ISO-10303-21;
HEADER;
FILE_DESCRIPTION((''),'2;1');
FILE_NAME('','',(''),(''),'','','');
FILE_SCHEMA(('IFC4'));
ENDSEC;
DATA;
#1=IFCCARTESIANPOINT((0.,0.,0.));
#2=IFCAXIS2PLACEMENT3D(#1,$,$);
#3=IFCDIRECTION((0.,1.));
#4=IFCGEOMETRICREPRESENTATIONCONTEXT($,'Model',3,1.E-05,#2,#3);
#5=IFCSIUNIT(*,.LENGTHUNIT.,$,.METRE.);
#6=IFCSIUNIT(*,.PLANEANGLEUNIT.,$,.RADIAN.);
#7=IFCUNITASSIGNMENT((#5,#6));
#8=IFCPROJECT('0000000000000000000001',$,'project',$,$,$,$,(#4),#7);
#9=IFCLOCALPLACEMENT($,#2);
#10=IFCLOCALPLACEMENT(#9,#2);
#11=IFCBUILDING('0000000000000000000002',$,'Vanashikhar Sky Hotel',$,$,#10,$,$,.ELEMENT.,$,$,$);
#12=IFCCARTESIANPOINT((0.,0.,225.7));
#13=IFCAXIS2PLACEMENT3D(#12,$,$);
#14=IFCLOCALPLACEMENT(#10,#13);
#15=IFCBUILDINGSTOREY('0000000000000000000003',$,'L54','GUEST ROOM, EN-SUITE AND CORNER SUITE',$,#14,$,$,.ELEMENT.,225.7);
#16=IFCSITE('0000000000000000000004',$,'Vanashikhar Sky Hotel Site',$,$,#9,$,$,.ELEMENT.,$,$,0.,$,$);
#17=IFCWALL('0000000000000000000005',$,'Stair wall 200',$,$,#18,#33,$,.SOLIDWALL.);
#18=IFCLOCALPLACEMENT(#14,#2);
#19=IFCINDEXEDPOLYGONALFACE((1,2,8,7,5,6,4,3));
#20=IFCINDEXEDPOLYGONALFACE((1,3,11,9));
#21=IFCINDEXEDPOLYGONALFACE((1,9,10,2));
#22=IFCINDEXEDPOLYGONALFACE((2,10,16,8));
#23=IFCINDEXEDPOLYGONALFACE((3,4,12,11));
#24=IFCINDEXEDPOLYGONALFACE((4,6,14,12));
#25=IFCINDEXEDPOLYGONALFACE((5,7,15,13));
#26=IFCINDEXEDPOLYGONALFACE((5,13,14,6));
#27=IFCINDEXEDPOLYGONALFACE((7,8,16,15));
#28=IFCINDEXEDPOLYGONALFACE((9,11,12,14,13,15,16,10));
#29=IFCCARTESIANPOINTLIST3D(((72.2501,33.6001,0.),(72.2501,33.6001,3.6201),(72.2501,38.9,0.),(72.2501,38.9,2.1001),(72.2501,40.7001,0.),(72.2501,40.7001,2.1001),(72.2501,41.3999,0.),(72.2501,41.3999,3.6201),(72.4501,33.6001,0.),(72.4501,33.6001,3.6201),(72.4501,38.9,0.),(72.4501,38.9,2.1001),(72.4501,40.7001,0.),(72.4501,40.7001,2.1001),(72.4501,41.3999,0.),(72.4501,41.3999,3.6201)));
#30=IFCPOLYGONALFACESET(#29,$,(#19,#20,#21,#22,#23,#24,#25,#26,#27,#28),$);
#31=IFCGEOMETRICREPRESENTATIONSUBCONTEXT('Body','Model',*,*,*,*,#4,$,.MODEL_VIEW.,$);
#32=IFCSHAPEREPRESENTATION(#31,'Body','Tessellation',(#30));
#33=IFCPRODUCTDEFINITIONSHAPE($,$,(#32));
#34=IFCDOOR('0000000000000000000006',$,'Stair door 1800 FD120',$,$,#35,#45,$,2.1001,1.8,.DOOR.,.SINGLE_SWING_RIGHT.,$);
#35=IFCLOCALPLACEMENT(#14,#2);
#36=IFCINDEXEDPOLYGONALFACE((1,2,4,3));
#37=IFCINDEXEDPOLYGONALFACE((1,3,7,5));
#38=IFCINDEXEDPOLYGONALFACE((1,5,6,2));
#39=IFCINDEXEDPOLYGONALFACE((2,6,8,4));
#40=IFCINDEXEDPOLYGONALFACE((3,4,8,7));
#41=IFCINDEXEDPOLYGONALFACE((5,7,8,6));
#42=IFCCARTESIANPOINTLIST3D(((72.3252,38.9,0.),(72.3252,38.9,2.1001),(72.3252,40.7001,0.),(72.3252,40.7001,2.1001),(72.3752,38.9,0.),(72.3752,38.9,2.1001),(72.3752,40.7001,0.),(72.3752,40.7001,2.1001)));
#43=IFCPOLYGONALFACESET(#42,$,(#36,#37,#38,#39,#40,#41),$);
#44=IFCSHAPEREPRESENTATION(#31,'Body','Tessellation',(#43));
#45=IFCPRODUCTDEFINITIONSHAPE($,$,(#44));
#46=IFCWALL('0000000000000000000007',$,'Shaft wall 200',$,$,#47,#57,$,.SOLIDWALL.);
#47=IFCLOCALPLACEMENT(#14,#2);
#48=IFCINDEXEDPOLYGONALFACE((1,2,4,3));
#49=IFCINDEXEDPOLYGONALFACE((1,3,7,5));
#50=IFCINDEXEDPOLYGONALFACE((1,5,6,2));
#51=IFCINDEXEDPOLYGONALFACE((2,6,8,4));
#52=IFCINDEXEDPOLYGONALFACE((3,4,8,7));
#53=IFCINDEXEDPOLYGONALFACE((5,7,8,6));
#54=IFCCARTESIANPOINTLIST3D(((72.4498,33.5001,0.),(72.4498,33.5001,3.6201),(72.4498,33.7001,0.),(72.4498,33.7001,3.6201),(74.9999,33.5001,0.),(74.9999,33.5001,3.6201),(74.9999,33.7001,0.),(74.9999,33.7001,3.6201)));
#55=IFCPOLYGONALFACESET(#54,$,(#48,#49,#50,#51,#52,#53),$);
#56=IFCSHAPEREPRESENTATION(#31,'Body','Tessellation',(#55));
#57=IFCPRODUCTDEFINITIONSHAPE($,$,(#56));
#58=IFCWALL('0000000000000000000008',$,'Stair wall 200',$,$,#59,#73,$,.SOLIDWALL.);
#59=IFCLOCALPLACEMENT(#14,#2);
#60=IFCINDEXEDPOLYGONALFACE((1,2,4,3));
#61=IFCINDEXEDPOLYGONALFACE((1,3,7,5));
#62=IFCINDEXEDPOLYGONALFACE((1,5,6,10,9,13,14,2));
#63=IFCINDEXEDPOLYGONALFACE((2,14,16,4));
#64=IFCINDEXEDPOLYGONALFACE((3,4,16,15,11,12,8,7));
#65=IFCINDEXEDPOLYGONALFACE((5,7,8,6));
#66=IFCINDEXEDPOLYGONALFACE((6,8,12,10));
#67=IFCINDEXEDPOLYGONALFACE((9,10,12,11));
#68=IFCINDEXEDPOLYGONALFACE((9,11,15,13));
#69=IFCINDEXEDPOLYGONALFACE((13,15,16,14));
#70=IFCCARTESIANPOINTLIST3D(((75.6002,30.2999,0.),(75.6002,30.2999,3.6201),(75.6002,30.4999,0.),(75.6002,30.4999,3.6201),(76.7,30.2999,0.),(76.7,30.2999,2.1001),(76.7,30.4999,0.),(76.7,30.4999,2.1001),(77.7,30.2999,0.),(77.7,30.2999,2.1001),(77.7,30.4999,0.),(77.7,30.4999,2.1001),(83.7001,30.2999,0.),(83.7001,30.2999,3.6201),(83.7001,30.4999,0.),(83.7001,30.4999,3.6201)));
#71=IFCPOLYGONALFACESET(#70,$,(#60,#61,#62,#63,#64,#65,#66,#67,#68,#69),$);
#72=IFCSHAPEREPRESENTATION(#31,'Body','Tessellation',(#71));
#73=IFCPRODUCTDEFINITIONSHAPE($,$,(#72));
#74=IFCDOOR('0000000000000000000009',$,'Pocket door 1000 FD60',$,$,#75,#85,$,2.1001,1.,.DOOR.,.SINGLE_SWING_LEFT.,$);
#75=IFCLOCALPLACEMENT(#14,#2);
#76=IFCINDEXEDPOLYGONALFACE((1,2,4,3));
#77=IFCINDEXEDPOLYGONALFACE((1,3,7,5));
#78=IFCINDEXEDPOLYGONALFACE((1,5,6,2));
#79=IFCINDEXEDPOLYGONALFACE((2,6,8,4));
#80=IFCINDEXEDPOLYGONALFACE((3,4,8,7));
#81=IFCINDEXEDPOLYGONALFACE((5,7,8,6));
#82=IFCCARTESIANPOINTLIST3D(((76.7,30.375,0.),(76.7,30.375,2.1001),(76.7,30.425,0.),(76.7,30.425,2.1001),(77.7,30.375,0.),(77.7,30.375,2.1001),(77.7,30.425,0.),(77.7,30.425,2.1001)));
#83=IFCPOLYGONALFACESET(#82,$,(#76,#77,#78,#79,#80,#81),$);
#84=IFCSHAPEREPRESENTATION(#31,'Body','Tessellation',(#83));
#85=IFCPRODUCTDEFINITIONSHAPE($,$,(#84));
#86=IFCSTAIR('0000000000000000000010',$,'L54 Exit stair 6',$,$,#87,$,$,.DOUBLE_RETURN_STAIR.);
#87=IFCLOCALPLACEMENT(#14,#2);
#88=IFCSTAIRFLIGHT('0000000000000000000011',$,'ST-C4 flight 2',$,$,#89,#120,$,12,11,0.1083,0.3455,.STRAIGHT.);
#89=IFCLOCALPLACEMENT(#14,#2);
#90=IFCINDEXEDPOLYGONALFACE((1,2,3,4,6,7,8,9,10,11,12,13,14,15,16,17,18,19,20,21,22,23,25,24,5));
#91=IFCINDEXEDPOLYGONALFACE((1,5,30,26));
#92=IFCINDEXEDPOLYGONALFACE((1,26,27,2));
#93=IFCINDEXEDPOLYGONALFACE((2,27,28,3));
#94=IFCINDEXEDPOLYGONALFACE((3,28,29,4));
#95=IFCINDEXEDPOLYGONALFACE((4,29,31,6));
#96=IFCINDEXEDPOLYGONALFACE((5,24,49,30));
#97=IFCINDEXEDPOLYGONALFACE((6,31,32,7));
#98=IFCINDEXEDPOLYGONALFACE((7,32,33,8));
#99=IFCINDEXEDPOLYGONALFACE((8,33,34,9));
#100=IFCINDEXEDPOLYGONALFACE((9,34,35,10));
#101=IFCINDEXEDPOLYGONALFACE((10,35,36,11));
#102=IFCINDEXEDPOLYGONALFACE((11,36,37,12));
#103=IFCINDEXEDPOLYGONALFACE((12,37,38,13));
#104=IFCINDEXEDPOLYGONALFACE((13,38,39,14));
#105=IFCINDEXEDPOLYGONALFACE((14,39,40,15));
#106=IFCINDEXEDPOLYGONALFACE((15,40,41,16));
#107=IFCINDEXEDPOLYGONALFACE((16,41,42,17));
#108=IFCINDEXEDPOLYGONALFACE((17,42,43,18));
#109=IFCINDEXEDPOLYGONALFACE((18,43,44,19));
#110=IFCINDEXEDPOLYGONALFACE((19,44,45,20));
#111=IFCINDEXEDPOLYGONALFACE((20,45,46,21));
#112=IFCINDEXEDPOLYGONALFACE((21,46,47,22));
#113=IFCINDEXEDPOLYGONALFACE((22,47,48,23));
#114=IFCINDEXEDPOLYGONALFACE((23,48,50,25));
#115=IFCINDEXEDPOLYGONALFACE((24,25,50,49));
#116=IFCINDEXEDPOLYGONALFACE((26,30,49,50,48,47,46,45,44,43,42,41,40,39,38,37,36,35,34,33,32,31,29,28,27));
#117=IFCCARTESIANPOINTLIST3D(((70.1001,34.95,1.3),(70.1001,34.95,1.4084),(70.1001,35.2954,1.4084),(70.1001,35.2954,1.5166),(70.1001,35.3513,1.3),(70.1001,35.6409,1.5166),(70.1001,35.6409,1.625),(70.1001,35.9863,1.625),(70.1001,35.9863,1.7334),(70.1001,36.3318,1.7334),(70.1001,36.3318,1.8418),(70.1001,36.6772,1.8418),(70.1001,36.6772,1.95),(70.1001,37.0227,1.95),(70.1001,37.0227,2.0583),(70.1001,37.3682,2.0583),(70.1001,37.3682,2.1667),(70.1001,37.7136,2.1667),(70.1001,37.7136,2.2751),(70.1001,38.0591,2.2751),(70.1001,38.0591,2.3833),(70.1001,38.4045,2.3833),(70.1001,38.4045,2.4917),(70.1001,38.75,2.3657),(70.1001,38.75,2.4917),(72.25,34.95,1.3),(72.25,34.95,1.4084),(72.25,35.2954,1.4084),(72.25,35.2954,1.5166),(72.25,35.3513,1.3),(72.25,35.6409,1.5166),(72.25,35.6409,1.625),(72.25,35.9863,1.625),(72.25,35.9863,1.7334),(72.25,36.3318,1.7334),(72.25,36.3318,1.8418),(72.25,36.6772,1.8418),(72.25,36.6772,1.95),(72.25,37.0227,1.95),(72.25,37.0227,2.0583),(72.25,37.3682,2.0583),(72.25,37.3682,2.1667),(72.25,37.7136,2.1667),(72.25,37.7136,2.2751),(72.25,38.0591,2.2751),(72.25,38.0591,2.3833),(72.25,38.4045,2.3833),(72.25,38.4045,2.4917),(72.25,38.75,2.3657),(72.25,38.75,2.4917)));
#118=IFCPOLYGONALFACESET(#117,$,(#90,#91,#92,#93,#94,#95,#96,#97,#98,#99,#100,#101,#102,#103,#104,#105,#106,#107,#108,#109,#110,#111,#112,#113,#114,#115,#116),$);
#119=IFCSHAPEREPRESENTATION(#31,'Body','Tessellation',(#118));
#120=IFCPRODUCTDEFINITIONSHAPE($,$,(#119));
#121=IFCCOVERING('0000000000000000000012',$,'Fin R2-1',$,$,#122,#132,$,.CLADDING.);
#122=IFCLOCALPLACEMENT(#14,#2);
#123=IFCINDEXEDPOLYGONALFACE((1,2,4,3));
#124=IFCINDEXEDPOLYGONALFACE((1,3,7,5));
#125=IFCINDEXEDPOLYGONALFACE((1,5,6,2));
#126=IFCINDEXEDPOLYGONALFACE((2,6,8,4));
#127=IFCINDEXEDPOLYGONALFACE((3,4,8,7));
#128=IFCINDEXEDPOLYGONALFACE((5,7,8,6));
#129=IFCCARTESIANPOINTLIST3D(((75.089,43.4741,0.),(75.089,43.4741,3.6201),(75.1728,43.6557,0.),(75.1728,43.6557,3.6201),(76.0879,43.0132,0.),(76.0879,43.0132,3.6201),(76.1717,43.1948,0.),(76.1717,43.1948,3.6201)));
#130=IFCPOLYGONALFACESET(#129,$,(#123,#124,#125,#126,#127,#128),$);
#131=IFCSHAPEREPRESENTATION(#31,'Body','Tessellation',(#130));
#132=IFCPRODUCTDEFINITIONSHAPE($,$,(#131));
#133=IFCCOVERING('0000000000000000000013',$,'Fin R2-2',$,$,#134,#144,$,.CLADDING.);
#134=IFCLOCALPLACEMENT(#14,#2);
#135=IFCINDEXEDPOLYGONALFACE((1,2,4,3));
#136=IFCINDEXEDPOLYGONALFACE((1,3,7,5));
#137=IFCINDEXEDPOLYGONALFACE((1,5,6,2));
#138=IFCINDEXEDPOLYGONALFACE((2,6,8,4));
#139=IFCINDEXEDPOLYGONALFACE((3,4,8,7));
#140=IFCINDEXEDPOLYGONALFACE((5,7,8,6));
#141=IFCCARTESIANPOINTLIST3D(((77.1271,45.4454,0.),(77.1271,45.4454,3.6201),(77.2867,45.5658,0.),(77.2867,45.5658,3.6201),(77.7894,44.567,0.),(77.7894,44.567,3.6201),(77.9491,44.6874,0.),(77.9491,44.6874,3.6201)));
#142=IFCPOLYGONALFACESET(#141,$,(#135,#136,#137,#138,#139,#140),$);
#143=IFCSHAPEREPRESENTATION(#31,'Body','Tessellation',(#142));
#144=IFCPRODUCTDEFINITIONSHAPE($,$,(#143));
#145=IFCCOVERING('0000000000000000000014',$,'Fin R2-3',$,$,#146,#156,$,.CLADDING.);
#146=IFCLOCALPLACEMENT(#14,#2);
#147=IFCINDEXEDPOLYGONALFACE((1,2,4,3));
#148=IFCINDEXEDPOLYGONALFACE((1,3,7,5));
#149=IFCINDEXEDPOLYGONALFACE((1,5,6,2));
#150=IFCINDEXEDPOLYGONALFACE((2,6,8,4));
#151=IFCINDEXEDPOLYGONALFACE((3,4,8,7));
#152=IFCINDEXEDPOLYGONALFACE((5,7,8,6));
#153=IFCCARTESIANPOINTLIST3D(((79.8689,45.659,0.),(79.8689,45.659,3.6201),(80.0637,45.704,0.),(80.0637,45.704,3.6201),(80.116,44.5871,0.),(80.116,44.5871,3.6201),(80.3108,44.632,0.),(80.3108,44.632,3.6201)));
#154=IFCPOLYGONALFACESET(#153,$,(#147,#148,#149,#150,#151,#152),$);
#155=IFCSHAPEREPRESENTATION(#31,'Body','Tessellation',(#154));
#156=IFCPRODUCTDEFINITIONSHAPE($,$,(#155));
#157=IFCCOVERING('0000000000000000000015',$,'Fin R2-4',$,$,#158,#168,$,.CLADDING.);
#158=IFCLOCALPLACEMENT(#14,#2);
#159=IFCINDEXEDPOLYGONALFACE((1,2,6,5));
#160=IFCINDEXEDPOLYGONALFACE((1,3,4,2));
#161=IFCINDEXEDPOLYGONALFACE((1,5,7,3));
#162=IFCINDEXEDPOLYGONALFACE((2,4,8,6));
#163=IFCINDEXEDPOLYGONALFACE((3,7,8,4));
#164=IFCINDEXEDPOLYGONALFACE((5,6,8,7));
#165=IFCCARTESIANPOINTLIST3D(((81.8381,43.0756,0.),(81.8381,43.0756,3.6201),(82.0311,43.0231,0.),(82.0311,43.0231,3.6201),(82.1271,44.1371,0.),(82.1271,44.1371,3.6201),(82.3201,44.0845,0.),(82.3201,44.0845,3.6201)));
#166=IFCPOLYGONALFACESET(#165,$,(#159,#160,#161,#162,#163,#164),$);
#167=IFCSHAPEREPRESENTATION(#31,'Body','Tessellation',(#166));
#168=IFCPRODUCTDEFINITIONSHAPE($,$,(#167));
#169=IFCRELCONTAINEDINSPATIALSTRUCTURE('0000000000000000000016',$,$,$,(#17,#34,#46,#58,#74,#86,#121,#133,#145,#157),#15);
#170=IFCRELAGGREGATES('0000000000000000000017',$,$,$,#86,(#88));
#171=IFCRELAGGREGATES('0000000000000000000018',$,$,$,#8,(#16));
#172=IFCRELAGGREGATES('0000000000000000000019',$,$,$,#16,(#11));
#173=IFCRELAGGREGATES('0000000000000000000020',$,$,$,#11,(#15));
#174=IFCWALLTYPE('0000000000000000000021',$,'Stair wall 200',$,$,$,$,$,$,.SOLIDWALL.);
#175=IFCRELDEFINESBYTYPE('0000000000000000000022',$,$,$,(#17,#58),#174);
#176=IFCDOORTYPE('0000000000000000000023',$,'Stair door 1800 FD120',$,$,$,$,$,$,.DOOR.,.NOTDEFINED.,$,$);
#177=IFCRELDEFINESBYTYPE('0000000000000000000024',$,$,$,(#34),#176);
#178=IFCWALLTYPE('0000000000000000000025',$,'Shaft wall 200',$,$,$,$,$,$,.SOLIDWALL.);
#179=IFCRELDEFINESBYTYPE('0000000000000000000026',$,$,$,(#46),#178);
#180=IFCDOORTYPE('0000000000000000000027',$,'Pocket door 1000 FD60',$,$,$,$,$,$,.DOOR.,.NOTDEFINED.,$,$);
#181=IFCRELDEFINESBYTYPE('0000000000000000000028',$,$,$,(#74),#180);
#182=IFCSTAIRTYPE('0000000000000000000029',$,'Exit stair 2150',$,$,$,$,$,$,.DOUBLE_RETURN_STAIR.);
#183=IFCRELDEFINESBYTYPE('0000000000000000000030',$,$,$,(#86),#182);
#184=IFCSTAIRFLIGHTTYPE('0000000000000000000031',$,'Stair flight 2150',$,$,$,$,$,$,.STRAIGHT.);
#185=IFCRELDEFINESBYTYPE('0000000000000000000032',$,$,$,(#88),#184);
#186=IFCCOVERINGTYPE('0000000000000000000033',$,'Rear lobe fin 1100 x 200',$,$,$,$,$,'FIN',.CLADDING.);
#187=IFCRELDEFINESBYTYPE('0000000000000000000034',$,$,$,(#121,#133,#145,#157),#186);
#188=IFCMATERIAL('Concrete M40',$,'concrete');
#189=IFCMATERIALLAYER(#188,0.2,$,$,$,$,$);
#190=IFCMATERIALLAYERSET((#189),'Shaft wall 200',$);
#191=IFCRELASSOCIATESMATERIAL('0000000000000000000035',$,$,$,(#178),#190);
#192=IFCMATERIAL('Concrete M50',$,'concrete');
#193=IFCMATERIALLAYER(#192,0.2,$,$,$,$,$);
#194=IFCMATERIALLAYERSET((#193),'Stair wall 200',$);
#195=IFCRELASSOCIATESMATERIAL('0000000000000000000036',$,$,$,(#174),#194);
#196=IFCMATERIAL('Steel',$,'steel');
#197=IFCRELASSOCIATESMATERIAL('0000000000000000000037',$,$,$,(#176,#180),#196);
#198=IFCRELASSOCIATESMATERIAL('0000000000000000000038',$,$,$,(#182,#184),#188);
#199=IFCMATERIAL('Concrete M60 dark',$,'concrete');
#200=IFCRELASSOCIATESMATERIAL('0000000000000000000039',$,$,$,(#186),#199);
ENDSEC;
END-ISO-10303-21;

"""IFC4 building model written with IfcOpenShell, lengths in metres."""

from ifc_helpers import new_model, si_unit, direction, frame, frame_2d, origin, origin_2d, place, context, subcontext, project, spatial, polyline, rectangle, outline, extrude, source, transform, mapped, material, layer, layer_set, material_profile, profile_set, type_object, element, fill, aggregate, save


model = new_model("IFC4")

# Units and contexts
model_context = context("Model", 3, precision=1e-05, world=origin(), true_north=direction((0.0, 1.0)))
body_context = subcontext(model_context, "Body", "Model", "MODEL_VIEW")
ifc_project = project(units=[si_unit("LENGTHUNIT", "METRE"), si_unit("PLANEANGLEUNIT", "RADIAN")], contexts=[model_context])

# Site, building, storey
site_placement = place(None, origin())
site = spatial("IfcSite", under=ifc_project, at=site_placement, Name="Vanashikhar Sky Hotel Site", CompositionType="ELEMENT", RefElevation=0.0)
building_placement = place(site_placement, origin())
building = spatial("IfcBuilding", under=site, at=building_placement, Name="Vanashikhar Sky Hotel", CompositionType="ELEMENT")
storey_placement = place(building_placement, frame((0.0, 0.0, 225.7)))
storey = spatial("IfcBuildingStorey", under=building, at=storey_placement, Name="L54", Description="GUEST ROOM, EN-SUITE AND CORNER SUITE", CompositionType="ELEMENT", Elevation=225.7)

# Shared definitions
ifc_material_1 = material(Name="Concrete M50", Category="concrete")

# Shared definitions
ifc_material_2 = material(Name="Concrete M40", Category="concrete")
ifc_layer_1 = layer(ifc_material_2, 0.2)
ifc_layer_set_1 = layer_set([ifc_layer_1], Name="Shaft wall 200")
wall_type_1 = type_object("IfcWallType", Name="Shaft wall 200", PredefinedType="SOLIDWALL", material=ifc_layer_set_1)

# Wall, opening, door
ifc_layer_2 = layer(ifc_material_1, 0.2)
ifc_layer_set_2 = layer_set([ifc_layer_2], Name="Stair wall 200")
wall_type_2 = type_object("IfcWallType", Name="Stair wall 200", PredefinedType="SOLIDWALL", material=ifc_layer_set_2)
shared_shape_1 = source(origin(), body_context, "Body", "SweptSolid", [
    extrude(rectangle(XDim=7.7998, YDim=0.2, at=frame_2d((3.8999, 0.0))), origin(), (0.0, 0.0, 1.0), 3.6201),
])
wall_1_placement = place(storey_placement, frame((72.3501, 33.6001, 0.0), z_axis=(0.0, 0.0, 1.0), x_axis=(0.0, 1.0, 0.0)))
wall_1 = element("IfcWall", 1, at=wall_1_placement, inside=storey, type_object=wall_type_2, Name="Stair wall 200", PredefinedType="SOLIDWALL", context=body_context, shape_type="MappedRepresentation", body=[
    mapped(shared_shape_1, transform((0.0, 0.0, 0.0), scale=1.0)),
])
shared_shape_2 = source(origin(), body_context, "Body", "SweptSolid", [
    extrude(rectangle(XDim=1.8, YDim=2.1001, at=frame_2d((0.8999, 1.05))), frame((0.0, 0.1099, 0.0), z_axis=(0.0, -1.0, 0.0), x_axis=(1.0, 0.0, 0.0)), (0.0, 0.0, 1.0), 0.22),
])
opening_1_placement = place(wall_1_placement, frame((5.3, 0.0, 0.0)))
opening_1 = element("IfcOpeningElement", 2, at=opening_1_placement, cuts=wall_1, PredefinedType="OPENING", context=body_context, shape_type="MappedRepresentation", body=[
    mapped(shared_shape_2, transform((0.0, 0.0, 0.0), scale=1.0)),
])
ifc_material_3 = material(Name="Steel", Category="steel")
door_type_1 = type_object("IfcDoorType", Name="Stair door 1800 FD120", OperationType="NOTDEFINED", PredefinedType="DOOR", material=ifc_material_3)
shared_shape_3 = source(origin(), body_context, "Body", "SweptSolid", [
    extrude(rectangle(XDim=1.8, YDim=2.1001, at=frame_2d((0.8999, 1.05))), frame((0.0, 0.0249, 0.0), z_axis=(0.0, -1.0, 0.0), x_axis=(1.0, 0.0, 0.0)), (0.0, 0.0, 1.0), 0.05),
])
door_1_placement = place(opening_1_placement, origin())
door_1 = element("IfcDoor", 3, at=door_1_placement, inside=storey, type_object=door_type_1, Name="Stair door 1800 FD120", OperationType="SINGLE_SWING_RIGHT", OverallHeight=2.1001, OverallWidth=1.8, PredefinedType="DOOR", context=body_context, shape_type="MappedRepresentation", body=[
    mapped(shared_shape_3, transform((0.0, 0.0, 0.0), scale=1.0)),
])
fill(opening_1, door_1)

# Wall
shared_shape_4 = source(origin(), body_context, "Body", "SweptSolid", [
    extrude(rectangle(XDim=2.55, YDim=0.2, at=frame_2d((1.2749, 0.0))), origin(), (0.0, 0.0, 1.0), 3.6201),
])
wall_2_placement = place(storey_placement, frame((72.45, 33.6001, 0.0), z_axis=(0.0, 0.0, 1.0), x_axis=(1.0, 0.0, 0.0)))
element("IfcWall", 4, at=wall_2_placement, inside=storey, type_object=wall_type_1, Name="Shaft wall 200", PredefinedType="SOLIDWALL", context=body_context, shape_type="MappedRepresentation", body=[
    mapped(shared_shape_4, transform((0.0, 0.0, 0.0), scale=1.0)),
])

# Wall, opening, door
shared_shape_5 = source(origin(), body_context, "Body", "SweptSolid", [
    extrude(rectangle(XDim=8.0999, YDim=0.2, at=frame_2d((4.0498, 0.0))), origin(), (0.0, 0.0, 1.0), 3.6201),
])
wall_3_placement = place(storey_placement, frame((83.7, 30.3999, 0.0), z_axis=(0.0, 0.0, 1.0), x_axis=(-1.0, 0.0, 0.0)))
wall_3 = element("IfcWall", 5, at=wall_3_placement, inside=storey, type_object=wall_type_2, Name="Stair wall 200", PredefinedType="SOLIDWALL", context=body_context, shape_type="MappedRepresentation", body=[
    mapped(shared_shape_5, transform((0.0, 0.0, 0.0), scale=1.0)),
])
shared_shape_6 = source(origin(), body_context, "Body", "SweptSolid", [
    extrude(rectangle(XDim=1.0, YDim=2.1001, at=frame_2d((0.5, 1.05))), frame((0.0, 0.1099, 0.0), z_axis=(0.0, -1.0, 0.0), x_axis=(1.0, 0.0, 0.0)), (0.0, 0.0, 1.0), 0.22),
])
opening_2_placement = place(wall_3_placement, frame((6.0, 0.0, 0.0)))
opening_2 = element("IfcOpeningElement", 6, at=opening_2_placement, cuts=wall_3, PredefinedType="OPENING", context=body_context, shape_type="MappedRepresentation", body=[
    mapped(shared_shape_6, transform((0.0, 0.0, 0.0), scale=1.0)),
])
door_type_2 = type_object("IfcDoorType", Name="Pocket door 1000 FD60", OperationType="NOTDEFINED", PredefinedType="DOOR", material=ifc_material_3)
shared_shape_7 = source(origin(), body_context, "Body", "SweptSolid", [
    extrude(rectangle(XDim=1.0, YDim=2.1001, at=frame_2d((0.5, 1.05))), frame((0.0, 0.0249, 0.0), z_axis=(0.0, -1.0, 0.0), x_axis=(1.0, 0.0, 0.0)), (0.0, 0.0, 1.0), 0.05),
])
door_2_placement = place(opening_2_placement, origin())
door_2 = element("IfcDoor", 7, at=door_2_placement, inside=storey, type_object=door_type_2, Name="Pocket door 1000 FD60", OperationType="SINGLE_SWING_LEFT", OverallHeight=2.1001, OverallWidth=1.0, PredefinedType="DOOR", context=body_context, shape_type="MappedRepresentation", body=[
    mapped(shared_shape_7, transform((0.0, 0.0, 0.0), scale=1.0)),
])
fill(opening_2, door_2)

# Stair, stair flight
stair_type = type_object("IfcStairType", Name="Exit stair 2150", PredefinedType="DOUBLE_RETURN_STAIR", material=ifc_material_2)
stair_placement = place(storey_placement, origin())
stair = element("IfcStair", 8, at=stair_placement, inside=storey, type_object=stair_type, Name="L54 Exit stair 6", PredefinedType="DOUBLE_RETURN_STAIR")
stair_flight_type = type_object("IfcStairFlightType", Name="Stair flight 2150", PredefinedType="STRAIGHT", material=ifc_material_2)
shared_shape_8 = source(origin(), body_context, "Body", "SweptSolid", [
    extrude(outline(polyline([(0.0, 0.0), (0.0, 0.1084), (0.3455, 0.1084), (0.3455, 0.2166), (0.6909, 0.2166), (0.6909, 0.325), (1.0364, 0.325), (1.0364, 0.4333), (1.3818, 0.4333), (1.3818, 0.5417), (1.7273, 0.5417), (1.7273, 0.6499), (2.0728, 0.6499), (2.0728, 0.7583), (2.4182, 0.7583), (2.4182, 0.8667), (2.7637, 0.8667), (2.7637, 0.9751), (3.1091, 0.9751), (3.1091, 1.0833), (3.4546, 1.0833), (3.4546, 1.1917), (3.8, 1.1917), (3.8, 1.3), (3.8, 1.0657), (0.4014, 0.0), (0.0, 0.0)])), frame((0.0, 1.075, 0.0), z_axis=(0.0, -1.0, 0.0), x_axis=(1.0, 0.0, 0.0)), (0.0, 0.0, 1.0), 2.1499),
])
stair_flight_placement = place(storey_placement, frame((71.175, 34.95, 1.3), z_axis=(0.0, 0.0, 1.0), x_axis=(0.0, 1.0, 0.0)))
stair_flight = element("IfcStairFlight", 9, at=stair_flight_placement, type_object=stair_flight_type, Name="ST-C4 flight 2", NumberOfRisers=12, NumberOfTreads=11, PredefinedType="STRAIGHT", RiserHeight=0.1083, TreadLength=0.3455, context=body_context, shape_type="MappedRepresentation", body=[
    mapped(shared_shape_8, transform((0.0, 0.0, 0.0), scale=1.0)),
])
aggregate(stair, [stair_flight])

# Coverings
ifc_material_4 = material(Name="Concrete M60 dark", Category="concrete")
ifc_material_profile = material_profile(ifc_material_4, rectangle(XDim=1.1001, YDim=0.2, at=origin_2d()))
ifc_profile_set = profile_set([ifc_material_profile], Name="Rear lobe fin 1100 x 200")
covering_type = type_object("IfcCoveringType", Name="Rear lobe fin 1100 x 200", ElementType="FIN", PredefinedType="CLADDING", material=ifc_profile_set)
shared_shape_9 = source(origin(), body_context, "Body", "SweptSolid", [
    extrude(rectangle(XDim=1.1001, YDim=0.2, at=origin_2d()), origin(), (0.0, 0.0, 1.0), 3.6201),
])
for number, where, z_axis, x_axis, name in (
    (10, (75.6304, 43.3345, 0.0), (0.0, 0.0, 1.0), (-0.908004, 0.418961, 0.0), "Fin R2-1"),
    (11, (77.5381, 45.0664, 0.0), (0.0, 0.0, 1.0), (-0.602066, 0.798446, 0.0), "Fin R2-2"),
    (12, (80.0898, 45.1455, 0.0), (0.0, 0.0, 1.0), (-0.224645, 0.974441, 0.0), "Fin R2-3"),
    (13, (82.0791, 43.5801, 0.0), (0.0, 0.0, 1.0), (0.262711, 0.964874, 0.0), "Fin R2-4"),
):
    element("IfcCovering", number, at=place(storey_placement, frame(where, z_axis=z_axis, x_axis=x_axis)), inside=storey, type_object=covering_type, Name=name, PredefinedType="CLADDING", context=body_context, shape_type="MappedRepresentation", body=[
        mapped(shared_shape_9, transform((0.0, 0.0, 0.0), scale=1.0)),
    ])

save(model, "model.ifc")
